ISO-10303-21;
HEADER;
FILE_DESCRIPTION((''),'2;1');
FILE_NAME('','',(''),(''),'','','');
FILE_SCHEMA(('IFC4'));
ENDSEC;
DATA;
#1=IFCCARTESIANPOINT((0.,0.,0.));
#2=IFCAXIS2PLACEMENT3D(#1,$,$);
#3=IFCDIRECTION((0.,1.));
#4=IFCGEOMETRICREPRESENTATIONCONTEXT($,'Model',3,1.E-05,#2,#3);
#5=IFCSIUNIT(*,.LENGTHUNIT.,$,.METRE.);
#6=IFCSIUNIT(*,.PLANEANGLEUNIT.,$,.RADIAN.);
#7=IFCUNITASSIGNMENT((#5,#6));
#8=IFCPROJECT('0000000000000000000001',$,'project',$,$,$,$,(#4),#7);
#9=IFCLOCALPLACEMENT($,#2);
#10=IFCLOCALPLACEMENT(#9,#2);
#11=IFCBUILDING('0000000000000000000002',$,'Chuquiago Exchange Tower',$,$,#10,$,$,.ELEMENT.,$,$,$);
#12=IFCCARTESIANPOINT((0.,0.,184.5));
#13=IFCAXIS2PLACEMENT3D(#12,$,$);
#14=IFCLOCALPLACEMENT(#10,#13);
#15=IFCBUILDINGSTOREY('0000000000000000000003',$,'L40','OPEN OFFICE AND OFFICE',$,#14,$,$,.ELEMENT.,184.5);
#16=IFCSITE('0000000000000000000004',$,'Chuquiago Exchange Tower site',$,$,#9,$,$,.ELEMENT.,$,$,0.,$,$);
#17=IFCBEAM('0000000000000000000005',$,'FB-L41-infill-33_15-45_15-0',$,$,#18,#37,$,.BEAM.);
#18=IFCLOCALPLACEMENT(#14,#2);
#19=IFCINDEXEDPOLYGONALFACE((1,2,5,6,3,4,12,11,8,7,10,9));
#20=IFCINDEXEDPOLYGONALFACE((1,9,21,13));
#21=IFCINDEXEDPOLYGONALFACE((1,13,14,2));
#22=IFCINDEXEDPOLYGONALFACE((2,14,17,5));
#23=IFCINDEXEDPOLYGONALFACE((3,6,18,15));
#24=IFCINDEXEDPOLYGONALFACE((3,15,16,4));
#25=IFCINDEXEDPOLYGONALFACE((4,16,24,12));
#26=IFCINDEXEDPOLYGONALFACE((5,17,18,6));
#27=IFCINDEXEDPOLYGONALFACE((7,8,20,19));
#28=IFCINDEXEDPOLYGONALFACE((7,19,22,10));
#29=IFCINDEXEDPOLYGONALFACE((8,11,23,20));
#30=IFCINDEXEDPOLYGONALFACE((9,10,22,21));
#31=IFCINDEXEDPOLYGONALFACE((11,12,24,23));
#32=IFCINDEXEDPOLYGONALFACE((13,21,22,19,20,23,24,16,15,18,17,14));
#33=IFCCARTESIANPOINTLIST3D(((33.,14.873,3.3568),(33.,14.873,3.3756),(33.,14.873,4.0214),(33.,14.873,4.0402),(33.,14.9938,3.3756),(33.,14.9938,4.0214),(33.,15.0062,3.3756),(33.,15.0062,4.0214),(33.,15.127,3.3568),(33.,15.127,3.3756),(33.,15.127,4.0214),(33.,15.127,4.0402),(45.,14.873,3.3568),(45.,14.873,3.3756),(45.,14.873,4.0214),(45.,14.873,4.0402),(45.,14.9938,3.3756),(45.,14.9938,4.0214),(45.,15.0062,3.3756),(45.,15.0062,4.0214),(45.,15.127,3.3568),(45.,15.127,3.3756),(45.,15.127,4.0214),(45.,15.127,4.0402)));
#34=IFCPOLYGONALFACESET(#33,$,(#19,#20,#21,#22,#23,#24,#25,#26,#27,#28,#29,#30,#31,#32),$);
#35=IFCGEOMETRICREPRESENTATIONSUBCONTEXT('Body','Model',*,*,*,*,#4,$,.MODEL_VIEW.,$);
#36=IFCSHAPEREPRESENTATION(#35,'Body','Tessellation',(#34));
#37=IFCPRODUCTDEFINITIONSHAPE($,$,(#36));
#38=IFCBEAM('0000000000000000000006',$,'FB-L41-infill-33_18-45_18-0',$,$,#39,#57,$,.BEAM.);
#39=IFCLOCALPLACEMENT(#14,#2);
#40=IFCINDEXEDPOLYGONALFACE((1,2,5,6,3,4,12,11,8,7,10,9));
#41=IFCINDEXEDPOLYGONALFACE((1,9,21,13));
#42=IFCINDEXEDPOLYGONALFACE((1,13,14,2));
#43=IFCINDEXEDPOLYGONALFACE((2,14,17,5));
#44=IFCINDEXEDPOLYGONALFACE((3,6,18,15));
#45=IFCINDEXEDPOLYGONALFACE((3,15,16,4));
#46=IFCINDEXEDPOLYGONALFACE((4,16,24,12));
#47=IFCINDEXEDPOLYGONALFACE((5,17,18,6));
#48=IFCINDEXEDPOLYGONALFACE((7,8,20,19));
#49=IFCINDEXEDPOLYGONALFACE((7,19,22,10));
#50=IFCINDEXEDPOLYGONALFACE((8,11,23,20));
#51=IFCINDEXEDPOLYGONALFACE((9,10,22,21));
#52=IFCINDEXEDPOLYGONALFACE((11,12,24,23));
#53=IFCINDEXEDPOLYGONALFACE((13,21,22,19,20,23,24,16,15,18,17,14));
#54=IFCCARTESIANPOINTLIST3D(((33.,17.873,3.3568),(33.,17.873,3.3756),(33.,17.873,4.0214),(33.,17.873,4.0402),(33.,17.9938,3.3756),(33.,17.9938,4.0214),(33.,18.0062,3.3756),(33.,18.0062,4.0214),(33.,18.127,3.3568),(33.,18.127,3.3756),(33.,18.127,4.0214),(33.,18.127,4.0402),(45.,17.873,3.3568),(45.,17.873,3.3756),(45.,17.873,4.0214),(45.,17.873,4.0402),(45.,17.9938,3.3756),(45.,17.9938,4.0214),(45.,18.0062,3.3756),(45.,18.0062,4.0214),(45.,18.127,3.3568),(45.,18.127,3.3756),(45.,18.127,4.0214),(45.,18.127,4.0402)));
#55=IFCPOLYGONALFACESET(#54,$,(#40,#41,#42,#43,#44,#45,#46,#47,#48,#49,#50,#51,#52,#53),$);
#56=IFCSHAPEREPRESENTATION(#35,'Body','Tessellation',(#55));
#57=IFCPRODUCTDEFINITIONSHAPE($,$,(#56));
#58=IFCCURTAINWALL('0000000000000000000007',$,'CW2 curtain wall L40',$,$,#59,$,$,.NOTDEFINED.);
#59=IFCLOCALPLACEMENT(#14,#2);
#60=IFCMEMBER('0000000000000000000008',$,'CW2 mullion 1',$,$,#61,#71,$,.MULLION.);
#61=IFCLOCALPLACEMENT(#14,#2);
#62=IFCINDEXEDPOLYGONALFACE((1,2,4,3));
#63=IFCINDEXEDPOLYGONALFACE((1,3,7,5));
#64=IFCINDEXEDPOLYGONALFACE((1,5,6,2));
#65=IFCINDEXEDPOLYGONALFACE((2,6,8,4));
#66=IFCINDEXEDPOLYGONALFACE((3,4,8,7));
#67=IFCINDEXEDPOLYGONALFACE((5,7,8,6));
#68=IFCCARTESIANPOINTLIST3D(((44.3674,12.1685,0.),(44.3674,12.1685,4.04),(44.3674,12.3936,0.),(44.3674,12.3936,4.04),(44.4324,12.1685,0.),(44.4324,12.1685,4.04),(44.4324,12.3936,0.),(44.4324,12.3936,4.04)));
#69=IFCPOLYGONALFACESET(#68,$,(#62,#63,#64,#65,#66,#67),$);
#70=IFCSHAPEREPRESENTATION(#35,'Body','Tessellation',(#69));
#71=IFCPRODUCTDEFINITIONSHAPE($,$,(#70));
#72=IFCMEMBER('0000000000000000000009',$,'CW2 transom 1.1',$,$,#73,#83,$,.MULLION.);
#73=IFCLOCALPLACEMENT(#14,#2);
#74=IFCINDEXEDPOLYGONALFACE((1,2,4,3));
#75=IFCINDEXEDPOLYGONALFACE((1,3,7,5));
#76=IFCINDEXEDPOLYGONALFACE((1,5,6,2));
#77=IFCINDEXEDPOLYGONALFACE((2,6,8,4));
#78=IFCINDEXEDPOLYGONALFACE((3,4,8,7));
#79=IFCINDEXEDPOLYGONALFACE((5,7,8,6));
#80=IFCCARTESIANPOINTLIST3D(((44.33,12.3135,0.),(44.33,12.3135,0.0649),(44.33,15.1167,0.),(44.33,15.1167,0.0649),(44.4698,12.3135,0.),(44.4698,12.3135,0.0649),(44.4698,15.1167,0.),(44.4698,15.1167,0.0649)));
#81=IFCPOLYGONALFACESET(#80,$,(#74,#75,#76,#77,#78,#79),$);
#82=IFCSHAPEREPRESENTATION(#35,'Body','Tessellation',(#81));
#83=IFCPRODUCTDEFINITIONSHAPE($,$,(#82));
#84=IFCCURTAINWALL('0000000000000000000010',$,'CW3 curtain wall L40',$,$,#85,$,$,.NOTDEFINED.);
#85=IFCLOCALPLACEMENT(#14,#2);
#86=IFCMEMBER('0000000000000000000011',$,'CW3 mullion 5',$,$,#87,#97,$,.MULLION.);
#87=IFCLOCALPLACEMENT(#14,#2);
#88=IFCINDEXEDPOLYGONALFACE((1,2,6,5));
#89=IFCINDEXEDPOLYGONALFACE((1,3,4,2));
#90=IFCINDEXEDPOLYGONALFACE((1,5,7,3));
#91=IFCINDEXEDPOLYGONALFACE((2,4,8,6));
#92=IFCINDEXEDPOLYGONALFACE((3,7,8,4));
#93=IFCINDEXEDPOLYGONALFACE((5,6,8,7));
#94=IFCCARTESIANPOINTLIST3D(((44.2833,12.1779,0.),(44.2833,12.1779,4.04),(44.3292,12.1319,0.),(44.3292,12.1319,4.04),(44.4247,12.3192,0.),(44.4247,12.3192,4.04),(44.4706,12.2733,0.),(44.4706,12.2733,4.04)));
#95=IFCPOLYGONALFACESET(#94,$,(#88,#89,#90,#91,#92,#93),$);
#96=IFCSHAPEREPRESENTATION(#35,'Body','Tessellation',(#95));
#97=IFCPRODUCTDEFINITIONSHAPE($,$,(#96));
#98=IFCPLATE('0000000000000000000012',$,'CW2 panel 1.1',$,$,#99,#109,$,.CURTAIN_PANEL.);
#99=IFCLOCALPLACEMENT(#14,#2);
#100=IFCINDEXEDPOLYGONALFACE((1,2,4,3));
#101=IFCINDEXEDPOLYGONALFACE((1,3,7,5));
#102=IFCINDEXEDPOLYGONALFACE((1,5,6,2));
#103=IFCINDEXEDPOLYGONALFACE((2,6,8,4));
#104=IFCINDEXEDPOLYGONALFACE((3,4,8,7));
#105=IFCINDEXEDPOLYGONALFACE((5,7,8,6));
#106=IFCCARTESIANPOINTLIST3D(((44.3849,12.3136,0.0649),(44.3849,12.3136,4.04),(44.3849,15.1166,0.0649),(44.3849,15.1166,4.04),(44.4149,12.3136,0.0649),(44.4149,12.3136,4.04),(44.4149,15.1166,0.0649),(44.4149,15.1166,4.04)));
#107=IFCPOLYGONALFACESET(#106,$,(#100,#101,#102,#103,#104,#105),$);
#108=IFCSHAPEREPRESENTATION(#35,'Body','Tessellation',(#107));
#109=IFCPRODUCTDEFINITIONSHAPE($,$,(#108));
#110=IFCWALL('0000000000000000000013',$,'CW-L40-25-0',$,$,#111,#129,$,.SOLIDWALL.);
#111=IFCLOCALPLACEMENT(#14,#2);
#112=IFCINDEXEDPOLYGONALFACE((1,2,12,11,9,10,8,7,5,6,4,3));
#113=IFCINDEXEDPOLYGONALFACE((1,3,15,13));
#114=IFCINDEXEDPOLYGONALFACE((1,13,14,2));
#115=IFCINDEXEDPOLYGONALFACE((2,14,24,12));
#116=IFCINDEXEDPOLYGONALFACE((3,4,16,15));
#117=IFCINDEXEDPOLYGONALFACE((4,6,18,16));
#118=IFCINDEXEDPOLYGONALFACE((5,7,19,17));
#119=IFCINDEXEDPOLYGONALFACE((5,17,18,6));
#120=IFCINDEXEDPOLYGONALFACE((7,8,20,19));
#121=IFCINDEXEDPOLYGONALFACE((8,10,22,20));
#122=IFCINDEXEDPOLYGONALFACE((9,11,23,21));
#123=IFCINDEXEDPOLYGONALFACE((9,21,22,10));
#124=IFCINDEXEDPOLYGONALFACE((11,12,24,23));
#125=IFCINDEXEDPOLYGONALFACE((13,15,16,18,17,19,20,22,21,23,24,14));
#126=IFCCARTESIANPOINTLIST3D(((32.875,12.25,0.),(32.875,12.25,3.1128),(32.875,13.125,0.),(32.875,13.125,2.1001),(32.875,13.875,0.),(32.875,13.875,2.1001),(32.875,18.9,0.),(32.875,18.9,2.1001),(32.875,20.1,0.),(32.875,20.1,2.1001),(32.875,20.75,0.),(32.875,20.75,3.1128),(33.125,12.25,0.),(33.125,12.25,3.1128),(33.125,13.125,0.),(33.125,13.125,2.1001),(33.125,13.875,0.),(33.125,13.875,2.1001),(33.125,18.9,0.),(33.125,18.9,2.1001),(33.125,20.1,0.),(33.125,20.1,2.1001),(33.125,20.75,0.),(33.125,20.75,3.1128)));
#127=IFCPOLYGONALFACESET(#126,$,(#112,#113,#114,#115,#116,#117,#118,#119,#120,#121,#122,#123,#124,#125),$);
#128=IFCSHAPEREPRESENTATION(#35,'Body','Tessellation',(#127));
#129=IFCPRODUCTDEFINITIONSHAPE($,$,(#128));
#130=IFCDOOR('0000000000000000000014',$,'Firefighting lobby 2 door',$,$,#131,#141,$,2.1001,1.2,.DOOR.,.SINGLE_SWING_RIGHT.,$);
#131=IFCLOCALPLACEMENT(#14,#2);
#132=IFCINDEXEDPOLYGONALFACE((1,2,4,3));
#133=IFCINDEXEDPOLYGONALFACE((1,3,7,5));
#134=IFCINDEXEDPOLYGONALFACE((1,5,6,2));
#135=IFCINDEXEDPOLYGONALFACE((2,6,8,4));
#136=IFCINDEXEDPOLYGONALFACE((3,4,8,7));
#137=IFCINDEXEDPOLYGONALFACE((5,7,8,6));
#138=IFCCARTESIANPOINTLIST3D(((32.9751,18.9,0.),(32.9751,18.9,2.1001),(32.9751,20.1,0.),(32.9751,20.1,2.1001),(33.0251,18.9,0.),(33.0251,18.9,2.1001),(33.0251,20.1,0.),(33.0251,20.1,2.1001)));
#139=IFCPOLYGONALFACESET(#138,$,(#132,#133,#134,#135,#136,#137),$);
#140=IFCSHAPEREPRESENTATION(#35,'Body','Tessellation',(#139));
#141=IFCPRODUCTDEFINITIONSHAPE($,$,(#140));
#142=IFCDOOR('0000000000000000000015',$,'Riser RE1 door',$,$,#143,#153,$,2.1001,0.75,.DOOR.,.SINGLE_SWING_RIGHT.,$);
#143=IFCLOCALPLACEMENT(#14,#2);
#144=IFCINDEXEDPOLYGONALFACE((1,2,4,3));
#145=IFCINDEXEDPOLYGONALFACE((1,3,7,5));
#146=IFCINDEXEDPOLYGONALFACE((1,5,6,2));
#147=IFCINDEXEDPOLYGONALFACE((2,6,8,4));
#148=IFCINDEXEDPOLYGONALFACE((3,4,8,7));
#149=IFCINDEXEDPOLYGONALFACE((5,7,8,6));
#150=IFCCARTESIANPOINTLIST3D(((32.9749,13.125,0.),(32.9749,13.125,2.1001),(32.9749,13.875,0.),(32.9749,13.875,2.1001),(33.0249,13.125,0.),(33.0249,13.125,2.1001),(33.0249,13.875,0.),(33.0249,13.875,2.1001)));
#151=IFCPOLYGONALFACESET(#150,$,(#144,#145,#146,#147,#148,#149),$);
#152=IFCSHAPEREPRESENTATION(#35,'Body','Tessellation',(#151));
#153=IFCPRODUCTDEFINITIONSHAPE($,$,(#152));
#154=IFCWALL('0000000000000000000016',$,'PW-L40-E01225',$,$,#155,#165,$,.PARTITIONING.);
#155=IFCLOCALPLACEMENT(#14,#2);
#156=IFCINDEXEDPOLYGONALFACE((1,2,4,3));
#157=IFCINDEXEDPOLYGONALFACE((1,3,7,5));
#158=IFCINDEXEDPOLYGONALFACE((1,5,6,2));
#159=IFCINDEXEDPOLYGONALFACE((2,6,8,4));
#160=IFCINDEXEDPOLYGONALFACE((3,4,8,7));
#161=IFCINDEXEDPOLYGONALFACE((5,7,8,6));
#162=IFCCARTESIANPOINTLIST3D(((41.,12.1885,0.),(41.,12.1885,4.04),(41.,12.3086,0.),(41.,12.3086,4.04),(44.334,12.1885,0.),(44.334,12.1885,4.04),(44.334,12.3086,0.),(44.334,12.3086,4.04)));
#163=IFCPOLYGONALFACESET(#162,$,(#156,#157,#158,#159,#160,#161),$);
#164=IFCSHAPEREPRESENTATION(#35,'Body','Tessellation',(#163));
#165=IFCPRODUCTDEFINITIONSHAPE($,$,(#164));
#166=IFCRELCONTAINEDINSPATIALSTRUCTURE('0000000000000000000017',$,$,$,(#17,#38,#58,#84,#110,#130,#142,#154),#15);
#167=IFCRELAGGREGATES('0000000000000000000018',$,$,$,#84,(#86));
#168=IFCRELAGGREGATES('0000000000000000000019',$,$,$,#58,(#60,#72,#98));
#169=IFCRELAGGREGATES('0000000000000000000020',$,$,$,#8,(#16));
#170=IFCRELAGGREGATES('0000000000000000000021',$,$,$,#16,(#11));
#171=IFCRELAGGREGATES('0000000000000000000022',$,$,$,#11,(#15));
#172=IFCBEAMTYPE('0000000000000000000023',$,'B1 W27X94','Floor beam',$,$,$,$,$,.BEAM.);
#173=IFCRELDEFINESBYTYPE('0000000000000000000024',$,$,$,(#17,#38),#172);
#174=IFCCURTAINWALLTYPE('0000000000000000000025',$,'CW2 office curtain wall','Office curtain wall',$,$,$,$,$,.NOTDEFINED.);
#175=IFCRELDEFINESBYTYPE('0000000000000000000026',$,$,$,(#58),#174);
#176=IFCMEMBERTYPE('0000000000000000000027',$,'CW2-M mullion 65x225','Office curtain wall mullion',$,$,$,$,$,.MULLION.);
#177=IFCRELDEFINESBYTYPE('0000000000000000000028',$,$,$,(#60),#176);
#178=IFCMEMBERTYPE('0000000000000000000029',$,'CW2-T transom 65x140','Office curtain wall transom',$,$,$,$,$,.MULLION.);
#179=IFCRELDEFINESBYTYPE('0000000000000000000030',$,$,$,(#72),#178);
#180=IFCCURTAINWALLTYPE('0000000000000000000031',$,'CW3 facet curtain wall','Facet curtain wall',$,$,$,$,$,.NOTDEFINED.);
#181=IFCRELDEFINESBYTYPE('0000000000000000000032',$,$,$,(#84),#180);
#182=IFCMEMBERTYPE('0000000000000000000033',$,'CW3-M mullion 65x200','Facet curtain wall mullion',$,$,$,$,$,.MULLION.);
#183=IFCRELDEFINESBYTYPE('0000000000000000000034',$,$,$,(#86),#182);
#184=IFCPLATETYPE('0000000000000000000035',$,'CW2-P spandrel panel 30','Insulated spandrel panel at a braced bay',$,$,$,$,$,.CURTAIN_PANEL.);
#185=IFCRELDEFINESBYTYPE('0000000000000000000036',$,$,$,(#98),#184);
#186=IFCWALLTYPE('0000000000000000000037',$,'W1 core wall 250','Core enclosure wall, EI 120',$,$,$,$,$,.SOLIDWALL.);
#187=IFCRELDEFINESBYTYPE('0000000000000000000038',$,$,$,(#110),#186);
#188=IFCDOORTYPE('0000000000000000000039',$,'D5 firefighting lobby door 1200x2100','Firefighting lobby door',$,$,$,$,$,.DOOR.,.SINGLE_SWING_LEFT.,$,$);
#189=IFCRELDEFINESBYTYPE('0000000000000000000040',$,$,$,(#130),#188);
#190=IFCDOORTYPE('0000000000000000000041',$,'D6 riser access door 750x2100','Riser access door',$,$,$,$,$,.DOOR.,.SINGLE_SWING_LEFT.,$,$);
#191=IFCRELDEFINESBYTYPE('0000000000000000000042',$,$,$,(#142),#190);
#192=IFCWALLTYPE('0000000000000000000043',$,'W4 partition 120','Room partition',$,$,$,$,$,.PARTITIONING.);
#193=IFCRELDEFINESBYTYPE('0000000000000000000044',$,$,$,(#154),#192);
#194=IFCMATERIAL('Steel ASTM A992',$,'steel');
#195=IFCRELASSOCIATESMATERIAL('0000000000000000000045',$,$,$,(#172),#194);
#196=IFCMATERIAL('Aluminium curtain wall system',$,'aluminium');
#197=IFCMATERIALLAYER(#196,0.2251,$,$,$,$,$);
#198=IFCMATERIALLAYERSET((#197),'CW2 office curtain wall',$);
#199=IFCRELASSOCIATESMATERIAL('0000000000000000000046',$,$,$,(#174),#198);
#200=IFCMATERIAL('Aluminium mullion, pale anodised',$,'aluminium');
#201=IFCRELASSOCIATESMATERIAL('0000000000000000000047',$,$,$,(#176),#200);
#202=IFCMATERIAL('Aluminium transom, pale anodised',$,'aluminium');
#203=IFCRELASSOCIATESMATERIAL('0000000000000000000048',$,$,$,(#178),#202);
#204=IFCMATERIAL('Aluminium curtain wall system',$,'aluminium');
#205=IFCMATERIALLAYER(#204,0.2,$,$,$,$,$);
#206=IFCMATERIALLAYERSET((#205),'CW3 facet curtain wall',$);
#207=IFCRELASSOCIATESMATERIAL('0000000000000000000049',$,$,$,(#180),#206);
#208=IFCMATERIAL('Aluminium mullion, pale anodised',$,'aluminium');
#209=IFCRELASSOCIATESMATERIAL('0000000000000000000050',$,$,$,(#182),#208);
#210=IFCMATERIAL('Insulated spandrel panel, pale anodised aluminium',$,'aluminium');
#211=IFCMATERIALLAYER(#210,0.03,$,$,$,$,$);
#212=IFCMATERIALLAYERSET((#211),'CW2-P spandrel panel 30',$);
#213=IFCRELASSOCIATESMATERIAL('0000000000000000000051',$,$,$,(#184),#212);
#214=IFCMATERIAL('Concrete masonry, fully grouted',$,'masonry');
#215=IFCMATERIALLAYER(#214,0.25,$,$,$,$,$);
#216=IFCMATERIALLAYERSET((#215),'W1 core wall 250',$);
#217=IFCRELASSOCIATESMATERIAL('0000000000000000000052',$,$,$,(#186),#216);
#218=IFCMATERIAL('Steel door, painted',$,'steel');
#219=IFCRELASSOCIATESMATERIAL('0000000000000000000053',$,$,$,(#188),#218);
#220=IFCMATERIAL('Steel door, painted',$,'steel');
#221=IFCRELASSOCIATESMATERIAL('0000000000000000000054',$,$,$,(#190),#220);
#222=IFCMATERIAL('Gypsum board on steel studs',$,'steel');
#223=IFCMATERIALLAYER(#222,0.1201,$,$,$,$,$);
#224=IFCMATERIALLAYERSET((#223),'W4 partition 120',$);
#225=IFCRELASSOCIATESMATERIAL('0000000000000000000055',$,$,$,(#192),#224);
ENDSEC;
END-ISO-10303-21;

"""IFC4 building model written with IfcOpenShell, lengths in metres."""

from ifc_helpers import new_model, si_unit, direction, frame, frame_2d, origin, origin_2d, place, context, subcontext, project, spatial, rectangle, i_section, extrude, material, layer, layer_set, material_profile, profile_set, type_object, element, fill, aggregate, save


model = new_model("IFC4")

# Units and contexts
model_context = context("Model", 3, precision=1e-05, world=origin(), true_north=direction((0.0, 1.0)))
body_context = subcontext(model_context, "Body", "Model", "MODEL_VIEW")
ifc_project = project(units=[si_unit("LENGTHUNIT", "METRE"), si_unit("PLANEANGLEUNIT", "RADIAN")], contexts=[model_context])

# Site, building, storey
site_placement = place(None, origin())
site = spatial("IfcSite", under=ifc_project, at=site_placement, Name="Chuquiago Exchange Tower site", CompositionType="ELEMENT", RefElevation=0.0)
building_placement = place(site_placement, origin())
building = spatial("IfcBuilding", under=site, at=building_placement, Name="Chuquiago Exchange Tower", CompositionType="ELEMENT")
storey_placement = place(building_placement, frame((0.0, 0.0, 184.5)))
storey = spatial("IfcBuildingStorey", under=building, at=storey_placement, Name="L40", Description="OPEN OFFICE AND OFFICE", CompositionType="ELEMENT", Elevation=184.5)

# Beams
ifc_material_1 = material(Name="Steel ASTM A992", Category="steel")
ifc_material_profile_1 = material_profile(ifc_material_1, i_section(OverallWidth=0.2539, OverallDepth=0.6833, WebThickness=0.0125, FlangeThickness=0.0188, at=origin_2d()), Name="W27X94")
ifc_profile_set_1 = profile_set([ifc_material_profile_1], Name="Steel ASTM A992")
beam_type = type_object("IfcBeamType", Name="B1 W27X94", Description="Floor beam", PredefinedType="BEAM", material=ifc_profile_set_1)
for number, where, z_axis, x_axis, name in (
    (1, (33.0, 15.0, 3.6985), (1.0, 0.0, 0.0), (0.0, 1.0, 0.0), "FB-L41-infill-33_15-45_15-0"),
    (2, (33.0, 18.0, 3.6985), (1.0, 0.0, 0.0), (0.0, 1.0, 0.0), "FB-L41-infill-33_18-45_18-0"),
):
    element("IfcBeam", number, at=place(storey_placement, frame(where, z_axis=z_axis, x_axis=x_axis)), inside=storey, type_object=beam_type, Name=name, PredefinedType="BEAM", context=body_context, shape_type="SweptSolid", body=[
        extrude(i_section(OverallWidth=0.2539, OverallDepth=0.6833, WebThickness=0.0125, FlangeThickness=0.0188, at=origin_2d()), origin(), (0.0, 0.0, 1.0), 12.0),
    ])

# Curtain wall, members
ifc_material_2 = material(Name="Aluminium curtain wall system", Category="aluminium")
ifc_layer_1 = layer(ifc_material_2, 0.2251)
ifc_layer_set_1 = layer_set([ifc_layer_1], Name="CW2 office curtain wall")
curtain_wall_type_1 = type_object("IfcCurtainWallType", Name="CW2 office curtain wall", Description="Office curtain wall", PredefinedType="NOTDEFINED", material=ifc_layer_set_1)
curtain_wall_1_placement = place(storey_placement, origin())
curtain_wall_1 = element("IfcCurtainWall", 3, at=curtain_wall_1_placement, inside=storey, type_object=curtain_wall_type_1, Name="CW2 curtain wall L40", PredefinedType="NOTDEFINED")
ifc_material_3 = material(Name="Aluminium mullion, pale anodised", Category="aluminium")
ifc_material_profile_2 = material_profile(ifc_material_3, rectangle(XDim=0.0649, YDim=0.2251, at=origin_2d()), Name="AL 65x225")
ifc_profile_set_2 = profile_set([ifc_material_profile_2], Name="Aluminium mullion, pale anodised")
member_type_1 = type_object("IfcMemberType", Name="CW2-M mullion 65x225", Description="Office curtain wall mullion", PredefinedType="MULLION", material=ifc_profile_set_2)
member_1_placement = place(storey_placement, frame((44.3999, 12.281, 0.0), z_axis=(0.0, 0.0, 1.0), x_axis=(-1.0, 0.0, 0.0)))
member_1 = element("IfcMember", 4, at=member_1_placement, type_object=member_type_1, Name="CW2 mullion 1", PredefinedType="MULLION", context=body_context, shape_type="SweptSolid", body=[
    extrude(rectangle(XDim=0.0649, YDim=0.2251, at=origin_2d()), origin(), (0.0, 0.0, 1.0), 4.04),
])
ifc_material_4 = material(Name="Aluminium transom, pale anodised", Category="aluminium")
ifc_material_profile_3 = material_profile(ifc_material_4, rectangle(XDim=0.1399, YDim=0.0649, at=origin_2d()), Name="AL 140x65")
ifc_profile_set_3 = profile_set([ifc_material_profile_3], Name="Aluminium transom, pale anodised")
member_type_2 = type_object("IfcMemberType", Name="CW2-T transom 65x140", Description="Office curtain wall transom", PredefinedType="MULLION", material=ifc_profile_set_3)
member_2_placement = place(storey_placement, frame((44.3999, 12.3135, 0.0325), z_axis=(0.0, 1.0, 0.0), x_axis=(-1.0, 0.0, 0.0)))
member_2 = element("IfcMember", 5, at=member_2_placement, type_object=member_type_2, Name="CW2 transom 1.1", PredefinedType="MULLION", context=body_context, shape_type="SweptSolid", body=[
    extrude(rectangle(XDim=0.1399, YDim=0.0649, at=origin_2d()), origin(), (0.0, 0.0, 1.0), 2.8032),
])

# Curtain wall, member
ifc_material_5 = material(Name="Aluminium curtain wall system", Category="aluminium")
ifc_layer_2 = layer(ifc_material_5, 0.2)
ifc_layer_set_2 = layer_set([ifc_layer_2], Name="CW3 facet curtain wall")
curtain_wall_type_2 = type_object("IfcCurtainWallType", Name="CW3 facet curtain wall", Description="Facet curtain wall", PredefinedType="NOTDEFINED", material=ifc_layer_set_2)
curtain_wall_2_placement = place(storey_placement, origin())
curtain_wall_2 = element("IfcCurtainWall", 6, at=curtain_wall_2_placement, inside=storey, type_object=curtain_wall_type_2, Name="CW3 curtain wall L40", PredefinedType="NOTDEFINED")
ifc_material_6 = material(Name="Aluminium mullion, pale anodised", Category="aluminium")
ifc_material_profile_4 = material_profile(ifc_material_6, rectangle(XDim=0.0649, YDim=0.2, at=origin_2d()), Name="AL 65x200")
ifc_profile_set_4 = profile_set([ifc_material_profile_4], Name="Aluminium mullion, pale anodised")
member_type_3 = type_object("IfcMemberType", Name="CW3-M mullion 65x200", Description="Facet curtain wall mullion", PredefinedType="MULLION", material=ifc_profile_set_4)
member_3_placement = place(storey_placement, frame((44.377, 12.2256, 0.0), z_axis=(0.0, 0.0, 1.0), x_axis=(-0.707107, 0.707107, 0.0)))
member_3 = element("IfcMember", 7, at=member_3_placement, type_object=member_type_3, Name="CW3 mullion 5", PredefinedType="MULLION", context=body_context, shape_type="SweptSolid", body=[
    extrude(rectangle(XDim=0.0649, YDim=0.2, at=origin_2d()), origin(), (0.0, 0.0, 1.0), 4.04),
])
aggregate(curtain_wall_2, [member_3])

# Plate
ifc_material_7 = material(Name="Insulated spandrel panel, pale anodised aluminium", Category="aluminium")
ifc_layer_3 = layer(ifc_material_7, 0.03)
ifc_layer_set_3 = layer_set([ifc_layer_3], Name="CW2-P spandrel panel 30")
plate_type = type_object("IfcPlateType", Name="CW2-P spandrel panel 30", Description="Insulated spandrel panel at a braced bay", PredefinedType="CURTAIN_PANEL", material=ifc_layer_set_3)
plate_placement = place(storey_placement, frame((44.3999, 13.7151, 0.0649), z_axis=(0.0, 0.0, 1.0), x_axis=(0.0, 1.0, 0.0)))
plate = element("IfcPlate", 8, at=plate_placement, type_object=plate_type, Name="CW2 panel 1.1", PredefinedType="CURTAIN_PANEL", context=body_context, shape_type="SweptSolid", body=[
    extrude(rectangle(XDim=2.803, YDim=0.03, at=origin_2d()), origin(), (0.0, 0.0, 1.0), 3.9751),
])
aggregate(curtain_wall_1, [member_1, member_2, plate])

# Wall, openings, doors
ifc_material_8 = material(Name="Concrete masonry, fully grouted", Category="masonry")
ifc_layer_4 = layer(ifc_material_8, 0.25)
ifc_layer_set_4 = layer_set([ifc_layer_4], Name="W1 core wall 250")
wall_type_1 = type_object("IfcWallType", Name="W1 core wall 250", Description="Core enclosure wall, EI 120", PredefinedType="SOLIDWALL", material=ifc_layer_set_4)
wall_1_placement = place(storey_placement, frame((33.0, 12.25, 0.0), z_axis=(0.0, 0.0, 1.0), x_axis=(0.0, 1.0, 0.0)))
wall_1 = element("IfcWall", 9, at=wall_1_placement, inside=storey, type_object=wall_type_1, Name="CW-L40-25-0", PredefinedType="SOLIDWALL", context=body_context, shape_type="SweptSolid", body=[
    extrude(rectangle(XDim=8.5, YDim=0.25, at=frame_2d((4.25, 0.0))), origin(), (0.0, 0.0, 1.0), 3.1128),
])
opening_1_placement = place(wall_1_placement, frame((6.6499, 0.0, 0.0)))
opening_1 = element("IfcOpeningElement", 10, at=opening_1_placement, cuts=wall_1, PredefinedType="OPENING", context=body_context, shape_type="SweptSolid", body=[
    extrude(rectangle(XDim=1.2, YDim=2.1001, at=frame_2d((0.6001, 1.05))), frame((0.0, 0.135, 0.0), z_axis=(0.0, -1.0, 0.0), x_axis=(1.0, 0.0, 0.0)), (0.0, 0.0, 1.0), 0.27),
])
opening_2_placement = place(wall_1_placement, frame((0.875, 0.0, 0.0)))
opening_2 = element("IfcOpeningElement", 11, at=opening_2_placement, cuts=wall_1, PredefinedType="OPENING", context=body_context, shape_type="SweptSolid", body=[
    extrude(rectangle(XDim=0.75, YDim=2.1001, at=frame_2d((0.375, 1.05))), frame((0.0, 0.135, 0.0), z_axis=(0.0, -1.0, 0.0), x_axis=(1.0, 0.0, 0.0)), (0.0, 0.0, 1.0), 0.27),
])
ifc_material_9 = material(Name="Steel door, painted", Category="steel")
door_type_1 = type_object("IfcDoorType", Name="D5 firefighting lobby door 1200x2100", Description="Firefighting lobby door", OperationType="SINGLE_SWING_LEFT", PredefinedType="DOOR", material=ifc_material_9)
door_1_placement = place(opening_1_placement, origin())
door_1 = element("IfcDoor", 12, at=door_1_placement, inside=storey, type_object=door_type_1, Name="Firefighting lobby 2 door", OperationType="SINGLE_SWING_RIGHT", OverallHeight=2.1001, OverallWidth=1.2, PredefinedType="DOOR", context=body_context, shape_type="SweptSolid", body=[
    extrude(rectangle(XDim=1.2, YDim=2.1001, at=frame_2d((0.6001, 1.05))), frame((0.0, 0.0249, 0.0), z_axis=(0.0, -1.0, 0.0), x_axis=(1.0, 0.0, 0.0)), (0.0, 0.0, 1.0), 0.05),
])
fill(opening_1, door_1)
ifc_material_10 = material(Name="Steel door, painted", Category="steel")
door_type_2 = type_object("IfcDoorType", Name="D6 riser access door 750x2100", Description="Riser access door", OperationType="SINGLE_SWING_LEFT", PredefinedType="DOOR", material=ifc_material_10)
door_2_placement = place(opening_2_placement, frame((0.75, 0.0, 0.0), z_axis=(0.0, 0.0, 1.0), x_axis=(-1.0, 0.0, 0.0)))
door_2 = element("IfcDoor", 13, at=door_2_placement, inside=storey, type_object=door_type_2, Name="Riser RE1 door", OperationType="SINGLE_SWING_RIGHT", OverallHeight=2.1001, OverallWidth=0.75, PredefinedType="DOOR", context=body_context, shape_type="SweptSolid", body=[
    extrude(rectangle(XDim=0.75, YDim=2.1001, at=frame_2d((0.375, 1.05))), frame((0.0, 0.0249, 0.0), z_axis=(0.0, -1.0, 0.0), x_axis=(1.0, 0.0, 0.0)), (0.0, 0.0, 1.0), 0.05),
])
fill(opening_2, door_2)

# Wall
ifc_material_11 = material(Name="Gypsum board on steel studs", Category="steel")
ifc_layer_5 = layer(ifc_material_11, 0.1201)
ifc_layer_set_5 = layer_set([ifc_layer_5], Name="W4 partition 120")
wall_type_2 = type_object("IfcWallType", Name="W4 partition 120", Description="Room partition", PredefinedType="PARTITIONING", material=ifc_layer_set_5)
wall_2_placement = place(storey_placement, frame((44.334, 12.2485, 0.0), z_axis=(0.0, 0.0, 1.0), x_axis=(-1.0, 0.0, 0.0)))
element("IfcWall", 14, at=wall_2_placement, inside=storey, type_object=wall_type_2, Name="PW-L40-E01225", PredefinedType="PARTITIONING", context=body_context, shape_type="SweptSolid", body=[
    extrude(rectangle(XDim=3.334, YDim=0.1201, at=frame_2d((1.667, 0.0))), origin(), (0.0, 0.0, 1.0), 4.04),
])

save(model, "model.ifc")
